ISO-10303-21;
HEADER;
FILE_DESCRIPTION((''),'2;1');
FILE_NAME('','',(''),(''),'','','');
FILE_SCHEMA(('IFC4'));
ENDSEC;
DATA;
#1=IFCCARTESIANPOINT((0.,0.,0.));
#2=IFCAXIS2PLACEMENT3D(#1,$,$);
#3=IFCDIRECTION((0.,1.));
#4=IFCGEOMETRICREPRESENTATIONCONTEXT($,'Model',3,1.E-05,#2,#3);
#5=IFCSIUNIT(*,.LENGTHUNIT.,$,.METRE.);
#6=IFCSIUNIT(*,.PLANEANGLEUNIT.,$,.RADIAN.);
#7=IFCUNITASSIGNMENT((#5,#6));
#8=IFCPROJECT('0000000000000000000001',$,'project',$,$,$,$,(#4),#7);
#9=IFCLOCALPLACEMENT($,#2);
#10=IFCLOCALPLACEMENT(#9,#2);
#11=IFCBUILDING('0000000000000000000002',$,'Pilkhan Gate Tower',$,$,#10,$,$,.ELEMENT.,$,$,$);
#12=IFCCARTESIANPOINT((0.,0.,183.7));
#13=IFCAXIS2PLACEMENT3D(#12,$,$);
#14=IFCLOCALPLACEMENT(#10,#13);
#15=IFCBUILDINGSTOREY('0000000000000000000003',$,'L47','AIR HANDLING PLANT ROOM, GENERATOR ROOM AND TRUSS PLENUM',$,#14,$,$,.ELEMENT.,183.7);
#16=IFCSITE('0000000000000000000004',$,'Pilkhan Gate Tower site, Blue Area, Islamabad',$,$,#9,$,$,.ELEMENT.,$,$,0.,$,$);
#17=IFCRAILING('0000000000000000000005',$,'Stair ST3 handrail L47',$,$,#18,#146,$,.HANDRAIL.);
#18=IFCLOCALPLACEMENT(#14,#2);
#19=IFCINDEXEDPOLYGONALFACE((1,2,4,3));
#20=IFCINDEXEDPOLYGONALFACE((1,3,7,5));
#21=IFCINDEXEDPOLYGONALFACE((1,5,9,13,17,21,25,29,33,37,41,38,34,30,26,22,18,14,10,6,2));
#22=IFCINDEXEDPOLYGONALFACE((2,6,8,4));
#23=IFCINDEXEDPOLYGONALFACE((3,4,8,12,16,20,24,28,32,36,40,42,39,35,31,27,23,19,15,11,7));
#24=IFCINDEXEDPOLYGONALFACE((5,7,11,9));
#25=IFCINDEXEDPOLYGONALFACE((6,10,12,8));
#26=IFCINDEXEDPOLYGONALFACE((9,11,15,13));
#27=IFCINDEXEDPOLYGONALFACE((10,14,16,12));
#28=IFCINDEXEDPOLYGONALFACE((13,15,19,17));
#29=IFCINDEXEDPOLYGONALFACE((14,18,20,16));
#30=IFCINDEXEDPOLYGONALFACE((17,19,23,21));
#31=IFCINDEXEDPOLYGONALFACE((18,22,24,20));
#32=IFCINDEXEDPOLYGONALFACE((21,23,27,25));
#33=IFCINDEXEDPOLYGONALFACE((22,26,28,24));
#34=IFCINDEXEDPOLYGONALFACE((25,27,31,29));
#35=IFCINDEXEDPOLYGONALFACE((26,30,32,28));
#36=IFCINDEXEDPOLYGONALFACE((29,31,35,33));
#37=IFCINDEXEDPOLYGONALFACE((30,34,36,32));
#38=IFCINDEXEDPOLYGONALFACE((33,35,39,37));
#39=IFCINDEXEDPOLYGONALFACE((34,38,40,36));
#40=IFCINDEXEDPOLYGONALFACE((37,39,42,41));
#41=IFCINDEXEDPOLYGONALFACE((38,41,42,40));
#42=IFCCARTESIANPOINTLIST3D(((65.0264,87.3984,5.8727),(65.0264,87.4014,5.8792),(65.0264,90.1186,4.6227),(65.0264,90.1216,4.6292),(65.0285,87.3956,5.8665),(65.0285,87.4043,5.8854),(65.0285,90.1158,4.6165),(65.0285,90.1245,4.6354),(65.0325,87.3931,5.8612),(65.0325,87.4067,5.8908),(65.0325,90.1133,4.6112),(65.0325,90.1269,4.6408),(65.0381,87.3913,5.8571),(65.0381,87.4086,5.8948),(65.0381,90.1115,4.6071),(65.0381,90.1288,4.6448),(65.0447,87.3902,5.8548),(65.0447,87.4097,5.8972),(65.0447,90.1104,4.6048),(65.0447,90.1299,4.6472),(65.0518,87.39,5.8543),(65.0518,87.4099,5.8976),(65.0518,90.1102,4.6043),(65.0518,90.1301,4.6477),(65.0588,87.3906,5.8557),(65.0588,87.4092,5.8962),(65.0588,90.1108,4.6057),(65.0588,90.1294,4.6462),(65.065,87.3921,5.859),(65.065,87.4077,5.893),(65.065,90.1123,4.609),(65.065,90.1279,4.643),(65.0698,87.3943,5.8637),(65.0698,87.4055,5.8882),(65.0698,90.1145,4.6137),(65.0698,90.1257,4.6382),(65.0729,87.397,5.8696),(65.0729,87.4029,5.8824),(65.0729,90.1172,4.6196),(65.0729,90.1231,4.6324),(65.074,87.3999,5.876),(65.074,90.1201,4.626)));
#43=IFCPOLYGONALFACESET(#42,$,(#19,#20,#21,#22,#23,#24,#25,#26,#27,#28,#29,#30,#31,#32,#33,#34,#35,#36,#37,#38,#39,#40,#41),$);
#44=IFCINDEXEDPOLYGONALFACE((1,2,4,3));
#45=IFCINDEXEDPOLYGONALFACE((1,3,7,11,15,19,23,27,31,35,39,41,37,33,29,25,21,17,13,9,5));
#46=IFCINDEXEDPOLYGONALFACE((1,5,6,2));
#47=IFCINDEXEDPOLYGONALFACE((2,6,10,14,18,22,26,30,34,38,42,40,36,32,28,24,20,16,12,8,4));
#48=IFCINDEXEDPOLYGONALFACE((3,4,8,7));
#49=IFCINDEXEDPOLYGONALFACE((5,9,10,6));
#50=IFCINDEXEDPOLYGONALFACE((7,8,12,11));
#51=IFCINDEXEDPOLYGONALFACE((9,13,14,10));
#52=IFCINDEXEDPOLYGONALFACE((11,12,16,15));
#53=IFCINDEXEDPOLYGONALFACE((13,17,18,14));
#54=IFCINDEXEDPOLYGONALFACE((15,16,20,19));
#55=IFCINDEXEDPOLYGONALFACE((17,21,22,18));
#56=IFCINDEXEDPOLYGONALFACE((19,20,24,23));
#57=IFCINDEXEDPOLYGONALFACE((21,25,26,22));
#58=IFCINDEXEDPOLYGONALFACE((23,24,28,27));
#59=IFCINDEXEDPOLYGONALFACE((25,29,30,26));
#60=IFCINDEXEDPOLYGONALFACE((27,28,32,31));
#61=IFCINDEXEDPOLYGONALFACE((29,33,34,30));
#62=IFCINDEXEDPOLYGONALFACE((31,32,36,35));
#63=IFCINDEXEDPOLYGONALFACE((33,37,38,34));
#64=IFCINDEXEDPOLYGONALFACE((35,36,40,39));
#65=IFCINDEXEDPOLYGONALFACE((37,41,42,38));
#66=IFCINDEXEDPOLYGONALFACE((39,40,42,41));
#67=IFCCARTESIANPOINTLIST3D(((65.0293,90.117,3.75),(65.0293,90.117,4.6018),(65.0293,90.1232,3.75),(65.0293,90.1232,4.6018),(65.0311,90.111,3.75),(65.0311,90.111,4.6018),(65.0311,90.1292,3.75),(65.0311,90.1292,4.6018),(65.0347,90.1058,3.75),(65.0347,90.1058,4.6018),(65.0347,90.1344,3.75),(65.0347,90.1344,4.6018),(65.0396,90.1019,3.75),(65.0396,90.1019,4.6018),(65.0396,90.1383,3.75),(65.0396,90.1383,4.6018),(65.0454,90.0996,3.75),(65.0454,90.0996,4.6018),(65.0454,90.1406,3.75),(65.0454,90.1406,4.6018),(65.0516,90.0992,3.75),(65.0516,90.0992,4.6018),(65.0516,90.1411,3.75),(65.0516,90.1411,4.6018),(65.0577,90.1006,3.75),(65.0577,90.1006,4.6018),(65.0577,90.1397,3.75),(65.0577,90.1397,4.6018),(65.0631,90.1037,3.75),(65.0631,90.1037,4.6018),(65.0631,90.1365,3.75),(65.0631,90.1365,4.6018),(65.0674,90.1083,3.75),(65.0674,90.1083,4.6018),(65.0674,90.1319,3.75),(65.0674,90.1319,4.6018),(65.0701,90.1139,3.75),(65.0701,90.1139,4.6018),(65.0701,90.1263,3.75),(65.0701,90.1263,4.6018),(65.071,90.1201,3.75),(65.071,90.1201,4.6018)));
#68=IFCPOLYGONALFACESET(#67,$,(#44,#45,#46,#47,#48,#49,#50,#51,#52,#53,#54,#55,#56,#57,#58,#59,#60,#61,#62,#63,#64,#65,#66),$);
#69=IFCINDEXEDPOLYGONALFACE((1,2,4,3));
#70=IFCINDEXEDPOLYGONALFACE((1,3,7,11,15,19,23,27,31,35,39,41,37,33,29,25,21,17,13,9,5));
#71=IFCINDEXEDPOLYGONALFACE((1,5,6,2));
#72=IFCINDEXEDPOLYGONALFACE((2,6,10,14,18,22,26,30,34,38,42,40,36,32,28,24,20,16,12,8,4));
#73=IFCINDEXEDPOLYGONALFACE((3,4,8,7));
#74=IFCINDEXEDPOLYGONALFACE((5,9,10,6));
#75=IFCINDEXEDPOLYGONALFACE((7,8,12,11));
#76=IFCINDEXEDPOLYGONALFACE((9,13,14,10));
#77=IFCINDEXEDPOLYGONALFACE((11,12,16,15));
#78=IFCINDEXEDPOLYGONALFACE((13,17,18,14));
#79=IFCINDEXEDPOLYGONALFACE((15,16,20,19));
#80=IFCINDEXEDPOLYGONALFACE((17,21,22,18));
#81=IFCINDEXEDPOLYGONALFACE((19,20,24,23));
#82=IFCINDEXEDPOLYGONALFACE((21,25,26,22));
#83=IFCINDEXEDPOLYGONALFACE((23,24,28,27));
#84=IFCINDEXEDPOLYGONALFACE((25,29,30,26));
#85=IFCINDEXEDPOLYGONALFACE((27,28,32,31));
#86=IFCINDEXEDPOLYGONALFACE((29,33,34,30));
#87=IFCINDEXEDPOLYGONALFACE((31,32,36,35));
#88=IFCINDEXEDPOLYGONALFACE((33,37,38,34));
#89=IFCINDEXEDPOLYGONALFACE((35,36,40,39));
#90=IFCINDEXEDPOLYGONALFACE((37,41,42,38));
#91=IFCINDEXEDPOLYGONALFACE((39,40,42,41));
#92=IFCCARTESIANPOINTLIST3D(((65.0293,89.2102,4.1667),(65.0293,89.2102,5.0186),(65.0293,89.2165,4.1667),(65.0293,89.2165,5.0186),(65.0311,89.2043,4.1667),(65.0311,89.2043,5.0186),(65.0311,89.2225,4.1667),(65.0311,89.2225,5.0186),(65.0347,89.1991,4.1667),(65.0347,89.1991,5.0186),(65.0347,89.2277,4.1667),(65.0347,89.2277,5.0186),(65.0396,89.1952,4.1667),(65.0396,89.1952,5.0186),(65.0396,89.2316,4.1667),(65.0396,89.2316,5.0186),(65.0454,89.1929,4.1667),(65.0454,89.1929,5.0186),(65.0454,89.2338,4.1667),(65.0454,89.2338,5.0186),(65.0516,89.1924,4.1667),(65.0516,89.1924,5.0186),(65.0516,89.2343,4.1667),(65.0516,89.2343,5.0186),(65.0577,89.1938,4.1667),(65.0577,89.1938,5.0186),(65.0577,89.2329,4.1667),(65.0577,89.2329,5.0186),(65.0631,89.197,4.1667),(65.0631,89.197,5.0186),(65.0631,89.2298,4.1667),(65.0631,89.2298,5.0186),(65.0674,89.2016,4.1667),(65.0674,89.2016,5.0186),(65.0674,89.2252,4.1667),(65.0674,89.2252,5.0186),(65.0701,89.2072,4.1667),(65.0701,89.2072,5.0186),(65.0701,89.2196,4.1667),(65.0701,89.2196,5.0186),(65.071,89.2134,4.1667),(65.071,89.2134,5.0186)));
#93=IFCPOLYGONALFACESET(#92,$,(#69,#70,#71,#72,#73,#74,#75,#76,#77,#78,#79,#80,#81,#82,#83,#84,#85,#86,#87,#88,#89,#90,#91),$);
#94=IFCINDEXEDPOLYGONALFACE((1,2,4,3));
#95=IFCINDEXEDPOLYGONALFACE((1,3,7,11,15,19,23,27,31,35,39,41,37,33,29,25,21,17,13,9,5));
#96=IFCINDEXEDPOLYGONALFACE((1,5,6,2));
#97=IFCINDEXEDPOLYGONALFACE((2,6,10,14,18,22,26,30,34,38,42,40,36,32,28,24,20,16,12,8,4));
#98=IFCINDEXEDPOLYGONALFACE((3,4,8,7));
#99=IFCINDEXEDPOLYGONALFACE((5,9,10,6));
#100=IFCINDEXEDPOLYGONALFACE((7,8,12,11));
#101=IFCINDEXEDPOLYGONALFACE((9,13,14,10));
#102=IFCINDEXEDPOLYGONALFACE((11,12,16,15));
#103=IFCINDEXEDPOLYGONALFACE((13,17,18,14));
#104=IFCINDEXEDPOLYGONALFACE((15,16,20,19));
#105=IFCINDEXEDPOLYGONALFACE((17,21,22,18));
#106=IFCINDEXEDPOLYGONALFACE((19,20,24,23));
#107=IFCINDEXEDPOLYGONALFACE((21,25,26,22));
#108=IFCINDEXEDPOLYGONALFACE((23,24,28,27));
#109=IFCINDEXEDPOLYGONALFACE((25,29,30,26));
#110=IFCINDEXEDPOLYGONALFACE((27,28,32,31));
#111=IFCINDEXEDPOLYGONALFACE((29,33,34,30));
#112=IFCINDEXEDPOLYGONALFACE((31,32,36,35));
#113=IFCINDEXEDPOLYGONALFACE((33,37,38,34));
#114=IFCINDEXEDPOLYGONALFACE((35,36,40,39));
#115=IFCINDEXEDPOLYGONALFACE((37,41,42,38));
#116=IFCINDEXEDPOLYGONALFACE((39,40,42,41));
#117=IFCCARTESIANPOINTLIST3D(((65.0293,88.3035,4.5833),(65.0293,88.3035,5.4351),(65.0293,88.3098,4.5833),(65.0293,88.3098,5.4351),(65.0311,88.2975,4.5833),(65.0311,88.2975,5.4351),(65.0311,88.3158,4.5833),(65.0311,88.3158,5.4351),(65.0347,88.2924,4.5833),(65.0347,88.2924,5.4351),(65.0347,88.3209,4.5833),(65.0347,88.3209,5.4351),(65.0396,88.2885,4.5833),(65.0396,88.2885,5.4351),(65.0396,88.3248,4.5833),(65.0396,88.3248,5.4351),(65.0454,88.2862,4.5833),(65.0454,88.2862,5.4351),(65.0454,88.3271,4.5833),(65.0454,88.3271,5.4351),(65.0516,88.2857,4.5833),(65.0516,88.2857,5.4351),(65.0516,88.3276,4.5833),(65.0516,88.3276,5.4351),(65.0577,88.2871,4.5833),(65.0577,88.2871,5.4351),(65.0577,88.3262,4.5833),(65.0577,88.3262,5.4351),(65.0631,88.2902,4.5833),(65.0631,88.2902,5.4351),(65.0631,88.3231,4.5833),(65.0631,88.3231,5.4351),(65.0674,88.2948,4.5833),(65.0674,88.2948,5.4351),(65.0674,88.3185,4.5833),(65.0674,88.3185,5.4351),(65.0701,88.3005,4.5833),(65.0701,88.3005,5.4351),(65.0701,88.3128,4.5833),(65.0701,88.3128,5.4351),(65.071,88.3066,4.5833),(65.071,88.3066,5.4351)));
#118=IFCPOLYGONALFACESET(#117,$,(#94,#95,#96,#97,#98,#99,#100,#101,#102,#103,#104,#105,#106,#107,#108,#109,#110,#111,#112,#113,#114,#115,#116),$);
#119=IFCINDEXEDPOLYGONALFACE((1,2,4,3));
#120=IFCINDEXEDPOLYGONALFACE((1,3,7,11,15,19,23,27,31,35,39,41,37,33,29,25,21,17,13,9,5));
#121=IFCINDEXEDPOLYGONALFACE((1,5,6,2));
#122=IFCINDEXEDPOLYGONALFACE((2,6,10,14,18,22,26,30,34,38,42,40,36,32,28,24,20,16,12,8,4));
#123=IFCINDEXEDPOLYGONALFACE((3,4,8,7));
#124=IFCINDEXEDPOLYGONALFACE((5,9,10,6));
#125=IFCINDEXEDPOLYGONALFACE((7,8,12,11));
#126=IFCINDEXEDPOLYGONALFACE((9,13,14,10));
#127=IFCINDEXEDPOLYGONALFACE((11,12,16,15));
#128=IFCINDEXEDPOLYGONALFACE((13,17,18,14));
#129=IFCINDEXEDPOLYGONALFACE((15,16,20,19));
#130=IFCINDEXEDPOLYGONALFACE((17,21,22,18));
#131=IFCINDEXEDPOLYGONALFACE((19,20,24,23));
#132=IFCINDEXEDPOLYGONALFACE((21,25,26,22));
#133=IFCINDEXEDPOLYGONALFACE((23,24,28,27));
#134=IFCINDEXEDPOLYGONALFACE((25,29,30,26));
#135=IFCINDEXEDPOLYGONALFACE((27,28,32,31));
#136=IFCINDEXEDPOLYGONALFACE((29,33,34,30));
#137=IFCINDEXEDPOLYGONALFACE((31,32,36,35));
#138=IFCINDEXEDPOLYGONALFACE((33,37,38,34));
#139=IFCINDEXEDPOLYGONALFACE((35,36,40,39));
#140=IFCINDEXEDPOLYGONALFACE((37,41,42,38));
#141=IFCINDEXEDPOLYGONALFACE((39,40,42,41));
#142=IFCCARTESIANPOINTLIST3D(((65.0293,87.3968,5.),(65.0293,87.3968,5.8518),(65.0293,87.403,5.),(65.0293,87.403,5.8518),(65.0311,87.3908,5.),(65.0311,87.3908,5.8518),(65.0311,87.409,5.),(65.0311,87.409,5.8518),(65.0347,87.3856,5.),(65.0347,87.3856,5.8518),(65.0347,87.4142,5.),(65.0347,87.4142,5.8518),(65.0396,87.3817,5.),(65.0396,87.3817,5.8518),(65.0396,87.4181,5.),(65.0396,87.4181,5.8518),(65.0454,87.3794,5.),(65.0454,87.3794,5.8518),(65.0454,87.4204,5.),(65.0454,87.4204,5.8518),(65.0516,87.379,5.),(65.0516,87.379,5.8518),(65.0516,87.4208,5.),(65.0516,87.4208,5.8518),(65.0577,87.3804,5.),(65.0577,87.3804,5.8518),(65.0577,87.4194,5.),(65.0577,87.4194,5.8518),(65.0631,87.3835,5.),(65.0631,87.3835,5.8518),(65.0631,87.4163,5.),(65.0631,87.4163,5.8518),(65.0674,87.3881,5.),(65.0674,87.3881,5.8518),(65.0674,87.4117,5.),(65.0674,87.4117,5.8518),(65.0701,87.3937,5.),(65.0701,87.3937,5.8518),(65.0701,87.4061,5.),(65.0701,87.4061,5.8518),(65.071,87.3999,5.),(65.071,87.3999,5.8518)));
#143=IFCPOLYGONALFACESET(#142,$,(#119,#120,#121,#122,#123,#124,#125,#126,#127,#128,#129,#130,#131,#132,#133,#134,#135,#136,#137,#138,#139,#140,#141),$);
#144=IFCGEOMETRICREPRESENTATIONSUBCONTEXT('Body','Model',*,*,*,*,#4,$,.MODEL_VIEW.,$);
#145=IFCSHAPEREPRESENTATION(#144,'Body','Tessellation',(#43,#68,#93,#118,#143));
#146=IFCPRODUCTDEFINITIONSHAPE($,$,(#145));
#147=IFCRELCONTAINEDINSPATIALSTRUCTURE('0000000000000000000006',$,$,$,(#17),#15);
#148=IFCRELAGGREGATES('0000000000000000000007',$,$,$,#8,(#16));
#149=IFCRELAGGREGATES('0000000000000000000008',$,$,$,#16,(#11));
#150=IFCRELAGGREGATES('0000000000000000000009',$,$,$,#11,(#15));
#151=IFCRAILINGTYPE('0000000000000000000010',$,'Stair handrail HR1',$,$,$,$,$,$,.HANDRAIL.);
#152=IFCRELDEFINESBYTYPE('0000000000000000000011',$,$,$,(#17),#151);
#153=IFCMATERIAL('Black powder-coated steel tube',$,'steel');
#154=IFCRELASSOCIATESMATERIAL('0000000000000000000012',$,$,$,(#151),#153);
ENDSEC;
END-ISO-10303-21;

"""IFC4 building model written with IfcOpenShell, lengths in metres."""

from ifc_helpers import new_model, si_unit, direction, frame, origin, origin_2d, place, context, subcontext, project, spatial, circle, extrude, material, type_object, element, save


model = new_model("IFC4")

# Units and contexts
model_context = context("Model", 3, precision=1e-05, world=origin(), true_north=direction((0.0, 1.0)))
body_context = subcontext(model_context, "Body", "Model", "MODEL_VIEW")
ifc_project = project(units=[si_unit("LENGTHUNIT", "METRE"), si_unit("PLANEANGLEUNIT", "RADIAN")], contexts=[model_context])

# Site, building, storey
site_placement = place(None, origin())
site = spatial("IfcSite", under=ifc_project, at=site_placement, Name="Pilkhan Gate Tower site, Blue Area, Islamabad", CompositionType="ELEMENT", RefElevation=0.0)
building_placement = place(site_placement, origin())
building = spatial("IfcBuilding", under=site, at=building_placement, Name="Pilkhan Gate Tower", CompositionType="ELEMENT")
storey_placement = place(building_placement, frame((0.0, 0.0, 183.7)))
storey = spatial("IfcBuildingStorey", under=building, at=storey_placement, Name="L47", Description="AIR HANDLING PLANT ROOM, GENERATOR ROOM AND TRUSS PLENUM", CompositionType="ELEMENT", Elevation=183.7)

# Railing
ifc_material_1 = material(Name="Black powder-coated steel tube", Category="steel")
railing_type_1 = type_object("IfcRailingType", Name="Stair handrail HR1", PredefinedType="HANDRAIL", material=ifc_material_1)
railing_1_placement = place(storey_placement, frame((65.05, 90.1201, 3.75)))
element("IfcRailing", 1, at=railing_1_placement, inside=storey, type_object=railing_type_1, Name="Stair ST3 handrail L47", PredefinedType="HANDRAIL", context=body_context, shape_type="SweptSolid", body=[
    extrude(circle(Radius=0.0239, at=origin_2d()), frame((0.0, 0.0, 0.876), z_axis=(0.0, -0.908655, 0.417547), x_axis=(1.0, 0.0, 0.0)), (0.0, 0.0, 1.0), 2.9937),
    extrude(circle(Radius=0.021, at=origin_2d()), origin(), (0.0, 0.0, 1.0), 0.8518),
    extrude(circle(Radius=0.021, at=origin_2d()), frame((0.0, -0.9067, 0.4167)), (0.0, 0.0, 1.0), 0.8518),
    extrude(circle(Radius=0.021, at=origin_2d()), frame((0.0, -1.8135, 0.8333)), (0.0, 0.0, 1.0), 0.8518),
    extrude(circle(Radius=0.021, at=origin_2d()), frame((0.0, -2.7202, 1.25)), (0.0, 0.0, 1.0), 0.8518),
])

save(model, "model.ifc")
